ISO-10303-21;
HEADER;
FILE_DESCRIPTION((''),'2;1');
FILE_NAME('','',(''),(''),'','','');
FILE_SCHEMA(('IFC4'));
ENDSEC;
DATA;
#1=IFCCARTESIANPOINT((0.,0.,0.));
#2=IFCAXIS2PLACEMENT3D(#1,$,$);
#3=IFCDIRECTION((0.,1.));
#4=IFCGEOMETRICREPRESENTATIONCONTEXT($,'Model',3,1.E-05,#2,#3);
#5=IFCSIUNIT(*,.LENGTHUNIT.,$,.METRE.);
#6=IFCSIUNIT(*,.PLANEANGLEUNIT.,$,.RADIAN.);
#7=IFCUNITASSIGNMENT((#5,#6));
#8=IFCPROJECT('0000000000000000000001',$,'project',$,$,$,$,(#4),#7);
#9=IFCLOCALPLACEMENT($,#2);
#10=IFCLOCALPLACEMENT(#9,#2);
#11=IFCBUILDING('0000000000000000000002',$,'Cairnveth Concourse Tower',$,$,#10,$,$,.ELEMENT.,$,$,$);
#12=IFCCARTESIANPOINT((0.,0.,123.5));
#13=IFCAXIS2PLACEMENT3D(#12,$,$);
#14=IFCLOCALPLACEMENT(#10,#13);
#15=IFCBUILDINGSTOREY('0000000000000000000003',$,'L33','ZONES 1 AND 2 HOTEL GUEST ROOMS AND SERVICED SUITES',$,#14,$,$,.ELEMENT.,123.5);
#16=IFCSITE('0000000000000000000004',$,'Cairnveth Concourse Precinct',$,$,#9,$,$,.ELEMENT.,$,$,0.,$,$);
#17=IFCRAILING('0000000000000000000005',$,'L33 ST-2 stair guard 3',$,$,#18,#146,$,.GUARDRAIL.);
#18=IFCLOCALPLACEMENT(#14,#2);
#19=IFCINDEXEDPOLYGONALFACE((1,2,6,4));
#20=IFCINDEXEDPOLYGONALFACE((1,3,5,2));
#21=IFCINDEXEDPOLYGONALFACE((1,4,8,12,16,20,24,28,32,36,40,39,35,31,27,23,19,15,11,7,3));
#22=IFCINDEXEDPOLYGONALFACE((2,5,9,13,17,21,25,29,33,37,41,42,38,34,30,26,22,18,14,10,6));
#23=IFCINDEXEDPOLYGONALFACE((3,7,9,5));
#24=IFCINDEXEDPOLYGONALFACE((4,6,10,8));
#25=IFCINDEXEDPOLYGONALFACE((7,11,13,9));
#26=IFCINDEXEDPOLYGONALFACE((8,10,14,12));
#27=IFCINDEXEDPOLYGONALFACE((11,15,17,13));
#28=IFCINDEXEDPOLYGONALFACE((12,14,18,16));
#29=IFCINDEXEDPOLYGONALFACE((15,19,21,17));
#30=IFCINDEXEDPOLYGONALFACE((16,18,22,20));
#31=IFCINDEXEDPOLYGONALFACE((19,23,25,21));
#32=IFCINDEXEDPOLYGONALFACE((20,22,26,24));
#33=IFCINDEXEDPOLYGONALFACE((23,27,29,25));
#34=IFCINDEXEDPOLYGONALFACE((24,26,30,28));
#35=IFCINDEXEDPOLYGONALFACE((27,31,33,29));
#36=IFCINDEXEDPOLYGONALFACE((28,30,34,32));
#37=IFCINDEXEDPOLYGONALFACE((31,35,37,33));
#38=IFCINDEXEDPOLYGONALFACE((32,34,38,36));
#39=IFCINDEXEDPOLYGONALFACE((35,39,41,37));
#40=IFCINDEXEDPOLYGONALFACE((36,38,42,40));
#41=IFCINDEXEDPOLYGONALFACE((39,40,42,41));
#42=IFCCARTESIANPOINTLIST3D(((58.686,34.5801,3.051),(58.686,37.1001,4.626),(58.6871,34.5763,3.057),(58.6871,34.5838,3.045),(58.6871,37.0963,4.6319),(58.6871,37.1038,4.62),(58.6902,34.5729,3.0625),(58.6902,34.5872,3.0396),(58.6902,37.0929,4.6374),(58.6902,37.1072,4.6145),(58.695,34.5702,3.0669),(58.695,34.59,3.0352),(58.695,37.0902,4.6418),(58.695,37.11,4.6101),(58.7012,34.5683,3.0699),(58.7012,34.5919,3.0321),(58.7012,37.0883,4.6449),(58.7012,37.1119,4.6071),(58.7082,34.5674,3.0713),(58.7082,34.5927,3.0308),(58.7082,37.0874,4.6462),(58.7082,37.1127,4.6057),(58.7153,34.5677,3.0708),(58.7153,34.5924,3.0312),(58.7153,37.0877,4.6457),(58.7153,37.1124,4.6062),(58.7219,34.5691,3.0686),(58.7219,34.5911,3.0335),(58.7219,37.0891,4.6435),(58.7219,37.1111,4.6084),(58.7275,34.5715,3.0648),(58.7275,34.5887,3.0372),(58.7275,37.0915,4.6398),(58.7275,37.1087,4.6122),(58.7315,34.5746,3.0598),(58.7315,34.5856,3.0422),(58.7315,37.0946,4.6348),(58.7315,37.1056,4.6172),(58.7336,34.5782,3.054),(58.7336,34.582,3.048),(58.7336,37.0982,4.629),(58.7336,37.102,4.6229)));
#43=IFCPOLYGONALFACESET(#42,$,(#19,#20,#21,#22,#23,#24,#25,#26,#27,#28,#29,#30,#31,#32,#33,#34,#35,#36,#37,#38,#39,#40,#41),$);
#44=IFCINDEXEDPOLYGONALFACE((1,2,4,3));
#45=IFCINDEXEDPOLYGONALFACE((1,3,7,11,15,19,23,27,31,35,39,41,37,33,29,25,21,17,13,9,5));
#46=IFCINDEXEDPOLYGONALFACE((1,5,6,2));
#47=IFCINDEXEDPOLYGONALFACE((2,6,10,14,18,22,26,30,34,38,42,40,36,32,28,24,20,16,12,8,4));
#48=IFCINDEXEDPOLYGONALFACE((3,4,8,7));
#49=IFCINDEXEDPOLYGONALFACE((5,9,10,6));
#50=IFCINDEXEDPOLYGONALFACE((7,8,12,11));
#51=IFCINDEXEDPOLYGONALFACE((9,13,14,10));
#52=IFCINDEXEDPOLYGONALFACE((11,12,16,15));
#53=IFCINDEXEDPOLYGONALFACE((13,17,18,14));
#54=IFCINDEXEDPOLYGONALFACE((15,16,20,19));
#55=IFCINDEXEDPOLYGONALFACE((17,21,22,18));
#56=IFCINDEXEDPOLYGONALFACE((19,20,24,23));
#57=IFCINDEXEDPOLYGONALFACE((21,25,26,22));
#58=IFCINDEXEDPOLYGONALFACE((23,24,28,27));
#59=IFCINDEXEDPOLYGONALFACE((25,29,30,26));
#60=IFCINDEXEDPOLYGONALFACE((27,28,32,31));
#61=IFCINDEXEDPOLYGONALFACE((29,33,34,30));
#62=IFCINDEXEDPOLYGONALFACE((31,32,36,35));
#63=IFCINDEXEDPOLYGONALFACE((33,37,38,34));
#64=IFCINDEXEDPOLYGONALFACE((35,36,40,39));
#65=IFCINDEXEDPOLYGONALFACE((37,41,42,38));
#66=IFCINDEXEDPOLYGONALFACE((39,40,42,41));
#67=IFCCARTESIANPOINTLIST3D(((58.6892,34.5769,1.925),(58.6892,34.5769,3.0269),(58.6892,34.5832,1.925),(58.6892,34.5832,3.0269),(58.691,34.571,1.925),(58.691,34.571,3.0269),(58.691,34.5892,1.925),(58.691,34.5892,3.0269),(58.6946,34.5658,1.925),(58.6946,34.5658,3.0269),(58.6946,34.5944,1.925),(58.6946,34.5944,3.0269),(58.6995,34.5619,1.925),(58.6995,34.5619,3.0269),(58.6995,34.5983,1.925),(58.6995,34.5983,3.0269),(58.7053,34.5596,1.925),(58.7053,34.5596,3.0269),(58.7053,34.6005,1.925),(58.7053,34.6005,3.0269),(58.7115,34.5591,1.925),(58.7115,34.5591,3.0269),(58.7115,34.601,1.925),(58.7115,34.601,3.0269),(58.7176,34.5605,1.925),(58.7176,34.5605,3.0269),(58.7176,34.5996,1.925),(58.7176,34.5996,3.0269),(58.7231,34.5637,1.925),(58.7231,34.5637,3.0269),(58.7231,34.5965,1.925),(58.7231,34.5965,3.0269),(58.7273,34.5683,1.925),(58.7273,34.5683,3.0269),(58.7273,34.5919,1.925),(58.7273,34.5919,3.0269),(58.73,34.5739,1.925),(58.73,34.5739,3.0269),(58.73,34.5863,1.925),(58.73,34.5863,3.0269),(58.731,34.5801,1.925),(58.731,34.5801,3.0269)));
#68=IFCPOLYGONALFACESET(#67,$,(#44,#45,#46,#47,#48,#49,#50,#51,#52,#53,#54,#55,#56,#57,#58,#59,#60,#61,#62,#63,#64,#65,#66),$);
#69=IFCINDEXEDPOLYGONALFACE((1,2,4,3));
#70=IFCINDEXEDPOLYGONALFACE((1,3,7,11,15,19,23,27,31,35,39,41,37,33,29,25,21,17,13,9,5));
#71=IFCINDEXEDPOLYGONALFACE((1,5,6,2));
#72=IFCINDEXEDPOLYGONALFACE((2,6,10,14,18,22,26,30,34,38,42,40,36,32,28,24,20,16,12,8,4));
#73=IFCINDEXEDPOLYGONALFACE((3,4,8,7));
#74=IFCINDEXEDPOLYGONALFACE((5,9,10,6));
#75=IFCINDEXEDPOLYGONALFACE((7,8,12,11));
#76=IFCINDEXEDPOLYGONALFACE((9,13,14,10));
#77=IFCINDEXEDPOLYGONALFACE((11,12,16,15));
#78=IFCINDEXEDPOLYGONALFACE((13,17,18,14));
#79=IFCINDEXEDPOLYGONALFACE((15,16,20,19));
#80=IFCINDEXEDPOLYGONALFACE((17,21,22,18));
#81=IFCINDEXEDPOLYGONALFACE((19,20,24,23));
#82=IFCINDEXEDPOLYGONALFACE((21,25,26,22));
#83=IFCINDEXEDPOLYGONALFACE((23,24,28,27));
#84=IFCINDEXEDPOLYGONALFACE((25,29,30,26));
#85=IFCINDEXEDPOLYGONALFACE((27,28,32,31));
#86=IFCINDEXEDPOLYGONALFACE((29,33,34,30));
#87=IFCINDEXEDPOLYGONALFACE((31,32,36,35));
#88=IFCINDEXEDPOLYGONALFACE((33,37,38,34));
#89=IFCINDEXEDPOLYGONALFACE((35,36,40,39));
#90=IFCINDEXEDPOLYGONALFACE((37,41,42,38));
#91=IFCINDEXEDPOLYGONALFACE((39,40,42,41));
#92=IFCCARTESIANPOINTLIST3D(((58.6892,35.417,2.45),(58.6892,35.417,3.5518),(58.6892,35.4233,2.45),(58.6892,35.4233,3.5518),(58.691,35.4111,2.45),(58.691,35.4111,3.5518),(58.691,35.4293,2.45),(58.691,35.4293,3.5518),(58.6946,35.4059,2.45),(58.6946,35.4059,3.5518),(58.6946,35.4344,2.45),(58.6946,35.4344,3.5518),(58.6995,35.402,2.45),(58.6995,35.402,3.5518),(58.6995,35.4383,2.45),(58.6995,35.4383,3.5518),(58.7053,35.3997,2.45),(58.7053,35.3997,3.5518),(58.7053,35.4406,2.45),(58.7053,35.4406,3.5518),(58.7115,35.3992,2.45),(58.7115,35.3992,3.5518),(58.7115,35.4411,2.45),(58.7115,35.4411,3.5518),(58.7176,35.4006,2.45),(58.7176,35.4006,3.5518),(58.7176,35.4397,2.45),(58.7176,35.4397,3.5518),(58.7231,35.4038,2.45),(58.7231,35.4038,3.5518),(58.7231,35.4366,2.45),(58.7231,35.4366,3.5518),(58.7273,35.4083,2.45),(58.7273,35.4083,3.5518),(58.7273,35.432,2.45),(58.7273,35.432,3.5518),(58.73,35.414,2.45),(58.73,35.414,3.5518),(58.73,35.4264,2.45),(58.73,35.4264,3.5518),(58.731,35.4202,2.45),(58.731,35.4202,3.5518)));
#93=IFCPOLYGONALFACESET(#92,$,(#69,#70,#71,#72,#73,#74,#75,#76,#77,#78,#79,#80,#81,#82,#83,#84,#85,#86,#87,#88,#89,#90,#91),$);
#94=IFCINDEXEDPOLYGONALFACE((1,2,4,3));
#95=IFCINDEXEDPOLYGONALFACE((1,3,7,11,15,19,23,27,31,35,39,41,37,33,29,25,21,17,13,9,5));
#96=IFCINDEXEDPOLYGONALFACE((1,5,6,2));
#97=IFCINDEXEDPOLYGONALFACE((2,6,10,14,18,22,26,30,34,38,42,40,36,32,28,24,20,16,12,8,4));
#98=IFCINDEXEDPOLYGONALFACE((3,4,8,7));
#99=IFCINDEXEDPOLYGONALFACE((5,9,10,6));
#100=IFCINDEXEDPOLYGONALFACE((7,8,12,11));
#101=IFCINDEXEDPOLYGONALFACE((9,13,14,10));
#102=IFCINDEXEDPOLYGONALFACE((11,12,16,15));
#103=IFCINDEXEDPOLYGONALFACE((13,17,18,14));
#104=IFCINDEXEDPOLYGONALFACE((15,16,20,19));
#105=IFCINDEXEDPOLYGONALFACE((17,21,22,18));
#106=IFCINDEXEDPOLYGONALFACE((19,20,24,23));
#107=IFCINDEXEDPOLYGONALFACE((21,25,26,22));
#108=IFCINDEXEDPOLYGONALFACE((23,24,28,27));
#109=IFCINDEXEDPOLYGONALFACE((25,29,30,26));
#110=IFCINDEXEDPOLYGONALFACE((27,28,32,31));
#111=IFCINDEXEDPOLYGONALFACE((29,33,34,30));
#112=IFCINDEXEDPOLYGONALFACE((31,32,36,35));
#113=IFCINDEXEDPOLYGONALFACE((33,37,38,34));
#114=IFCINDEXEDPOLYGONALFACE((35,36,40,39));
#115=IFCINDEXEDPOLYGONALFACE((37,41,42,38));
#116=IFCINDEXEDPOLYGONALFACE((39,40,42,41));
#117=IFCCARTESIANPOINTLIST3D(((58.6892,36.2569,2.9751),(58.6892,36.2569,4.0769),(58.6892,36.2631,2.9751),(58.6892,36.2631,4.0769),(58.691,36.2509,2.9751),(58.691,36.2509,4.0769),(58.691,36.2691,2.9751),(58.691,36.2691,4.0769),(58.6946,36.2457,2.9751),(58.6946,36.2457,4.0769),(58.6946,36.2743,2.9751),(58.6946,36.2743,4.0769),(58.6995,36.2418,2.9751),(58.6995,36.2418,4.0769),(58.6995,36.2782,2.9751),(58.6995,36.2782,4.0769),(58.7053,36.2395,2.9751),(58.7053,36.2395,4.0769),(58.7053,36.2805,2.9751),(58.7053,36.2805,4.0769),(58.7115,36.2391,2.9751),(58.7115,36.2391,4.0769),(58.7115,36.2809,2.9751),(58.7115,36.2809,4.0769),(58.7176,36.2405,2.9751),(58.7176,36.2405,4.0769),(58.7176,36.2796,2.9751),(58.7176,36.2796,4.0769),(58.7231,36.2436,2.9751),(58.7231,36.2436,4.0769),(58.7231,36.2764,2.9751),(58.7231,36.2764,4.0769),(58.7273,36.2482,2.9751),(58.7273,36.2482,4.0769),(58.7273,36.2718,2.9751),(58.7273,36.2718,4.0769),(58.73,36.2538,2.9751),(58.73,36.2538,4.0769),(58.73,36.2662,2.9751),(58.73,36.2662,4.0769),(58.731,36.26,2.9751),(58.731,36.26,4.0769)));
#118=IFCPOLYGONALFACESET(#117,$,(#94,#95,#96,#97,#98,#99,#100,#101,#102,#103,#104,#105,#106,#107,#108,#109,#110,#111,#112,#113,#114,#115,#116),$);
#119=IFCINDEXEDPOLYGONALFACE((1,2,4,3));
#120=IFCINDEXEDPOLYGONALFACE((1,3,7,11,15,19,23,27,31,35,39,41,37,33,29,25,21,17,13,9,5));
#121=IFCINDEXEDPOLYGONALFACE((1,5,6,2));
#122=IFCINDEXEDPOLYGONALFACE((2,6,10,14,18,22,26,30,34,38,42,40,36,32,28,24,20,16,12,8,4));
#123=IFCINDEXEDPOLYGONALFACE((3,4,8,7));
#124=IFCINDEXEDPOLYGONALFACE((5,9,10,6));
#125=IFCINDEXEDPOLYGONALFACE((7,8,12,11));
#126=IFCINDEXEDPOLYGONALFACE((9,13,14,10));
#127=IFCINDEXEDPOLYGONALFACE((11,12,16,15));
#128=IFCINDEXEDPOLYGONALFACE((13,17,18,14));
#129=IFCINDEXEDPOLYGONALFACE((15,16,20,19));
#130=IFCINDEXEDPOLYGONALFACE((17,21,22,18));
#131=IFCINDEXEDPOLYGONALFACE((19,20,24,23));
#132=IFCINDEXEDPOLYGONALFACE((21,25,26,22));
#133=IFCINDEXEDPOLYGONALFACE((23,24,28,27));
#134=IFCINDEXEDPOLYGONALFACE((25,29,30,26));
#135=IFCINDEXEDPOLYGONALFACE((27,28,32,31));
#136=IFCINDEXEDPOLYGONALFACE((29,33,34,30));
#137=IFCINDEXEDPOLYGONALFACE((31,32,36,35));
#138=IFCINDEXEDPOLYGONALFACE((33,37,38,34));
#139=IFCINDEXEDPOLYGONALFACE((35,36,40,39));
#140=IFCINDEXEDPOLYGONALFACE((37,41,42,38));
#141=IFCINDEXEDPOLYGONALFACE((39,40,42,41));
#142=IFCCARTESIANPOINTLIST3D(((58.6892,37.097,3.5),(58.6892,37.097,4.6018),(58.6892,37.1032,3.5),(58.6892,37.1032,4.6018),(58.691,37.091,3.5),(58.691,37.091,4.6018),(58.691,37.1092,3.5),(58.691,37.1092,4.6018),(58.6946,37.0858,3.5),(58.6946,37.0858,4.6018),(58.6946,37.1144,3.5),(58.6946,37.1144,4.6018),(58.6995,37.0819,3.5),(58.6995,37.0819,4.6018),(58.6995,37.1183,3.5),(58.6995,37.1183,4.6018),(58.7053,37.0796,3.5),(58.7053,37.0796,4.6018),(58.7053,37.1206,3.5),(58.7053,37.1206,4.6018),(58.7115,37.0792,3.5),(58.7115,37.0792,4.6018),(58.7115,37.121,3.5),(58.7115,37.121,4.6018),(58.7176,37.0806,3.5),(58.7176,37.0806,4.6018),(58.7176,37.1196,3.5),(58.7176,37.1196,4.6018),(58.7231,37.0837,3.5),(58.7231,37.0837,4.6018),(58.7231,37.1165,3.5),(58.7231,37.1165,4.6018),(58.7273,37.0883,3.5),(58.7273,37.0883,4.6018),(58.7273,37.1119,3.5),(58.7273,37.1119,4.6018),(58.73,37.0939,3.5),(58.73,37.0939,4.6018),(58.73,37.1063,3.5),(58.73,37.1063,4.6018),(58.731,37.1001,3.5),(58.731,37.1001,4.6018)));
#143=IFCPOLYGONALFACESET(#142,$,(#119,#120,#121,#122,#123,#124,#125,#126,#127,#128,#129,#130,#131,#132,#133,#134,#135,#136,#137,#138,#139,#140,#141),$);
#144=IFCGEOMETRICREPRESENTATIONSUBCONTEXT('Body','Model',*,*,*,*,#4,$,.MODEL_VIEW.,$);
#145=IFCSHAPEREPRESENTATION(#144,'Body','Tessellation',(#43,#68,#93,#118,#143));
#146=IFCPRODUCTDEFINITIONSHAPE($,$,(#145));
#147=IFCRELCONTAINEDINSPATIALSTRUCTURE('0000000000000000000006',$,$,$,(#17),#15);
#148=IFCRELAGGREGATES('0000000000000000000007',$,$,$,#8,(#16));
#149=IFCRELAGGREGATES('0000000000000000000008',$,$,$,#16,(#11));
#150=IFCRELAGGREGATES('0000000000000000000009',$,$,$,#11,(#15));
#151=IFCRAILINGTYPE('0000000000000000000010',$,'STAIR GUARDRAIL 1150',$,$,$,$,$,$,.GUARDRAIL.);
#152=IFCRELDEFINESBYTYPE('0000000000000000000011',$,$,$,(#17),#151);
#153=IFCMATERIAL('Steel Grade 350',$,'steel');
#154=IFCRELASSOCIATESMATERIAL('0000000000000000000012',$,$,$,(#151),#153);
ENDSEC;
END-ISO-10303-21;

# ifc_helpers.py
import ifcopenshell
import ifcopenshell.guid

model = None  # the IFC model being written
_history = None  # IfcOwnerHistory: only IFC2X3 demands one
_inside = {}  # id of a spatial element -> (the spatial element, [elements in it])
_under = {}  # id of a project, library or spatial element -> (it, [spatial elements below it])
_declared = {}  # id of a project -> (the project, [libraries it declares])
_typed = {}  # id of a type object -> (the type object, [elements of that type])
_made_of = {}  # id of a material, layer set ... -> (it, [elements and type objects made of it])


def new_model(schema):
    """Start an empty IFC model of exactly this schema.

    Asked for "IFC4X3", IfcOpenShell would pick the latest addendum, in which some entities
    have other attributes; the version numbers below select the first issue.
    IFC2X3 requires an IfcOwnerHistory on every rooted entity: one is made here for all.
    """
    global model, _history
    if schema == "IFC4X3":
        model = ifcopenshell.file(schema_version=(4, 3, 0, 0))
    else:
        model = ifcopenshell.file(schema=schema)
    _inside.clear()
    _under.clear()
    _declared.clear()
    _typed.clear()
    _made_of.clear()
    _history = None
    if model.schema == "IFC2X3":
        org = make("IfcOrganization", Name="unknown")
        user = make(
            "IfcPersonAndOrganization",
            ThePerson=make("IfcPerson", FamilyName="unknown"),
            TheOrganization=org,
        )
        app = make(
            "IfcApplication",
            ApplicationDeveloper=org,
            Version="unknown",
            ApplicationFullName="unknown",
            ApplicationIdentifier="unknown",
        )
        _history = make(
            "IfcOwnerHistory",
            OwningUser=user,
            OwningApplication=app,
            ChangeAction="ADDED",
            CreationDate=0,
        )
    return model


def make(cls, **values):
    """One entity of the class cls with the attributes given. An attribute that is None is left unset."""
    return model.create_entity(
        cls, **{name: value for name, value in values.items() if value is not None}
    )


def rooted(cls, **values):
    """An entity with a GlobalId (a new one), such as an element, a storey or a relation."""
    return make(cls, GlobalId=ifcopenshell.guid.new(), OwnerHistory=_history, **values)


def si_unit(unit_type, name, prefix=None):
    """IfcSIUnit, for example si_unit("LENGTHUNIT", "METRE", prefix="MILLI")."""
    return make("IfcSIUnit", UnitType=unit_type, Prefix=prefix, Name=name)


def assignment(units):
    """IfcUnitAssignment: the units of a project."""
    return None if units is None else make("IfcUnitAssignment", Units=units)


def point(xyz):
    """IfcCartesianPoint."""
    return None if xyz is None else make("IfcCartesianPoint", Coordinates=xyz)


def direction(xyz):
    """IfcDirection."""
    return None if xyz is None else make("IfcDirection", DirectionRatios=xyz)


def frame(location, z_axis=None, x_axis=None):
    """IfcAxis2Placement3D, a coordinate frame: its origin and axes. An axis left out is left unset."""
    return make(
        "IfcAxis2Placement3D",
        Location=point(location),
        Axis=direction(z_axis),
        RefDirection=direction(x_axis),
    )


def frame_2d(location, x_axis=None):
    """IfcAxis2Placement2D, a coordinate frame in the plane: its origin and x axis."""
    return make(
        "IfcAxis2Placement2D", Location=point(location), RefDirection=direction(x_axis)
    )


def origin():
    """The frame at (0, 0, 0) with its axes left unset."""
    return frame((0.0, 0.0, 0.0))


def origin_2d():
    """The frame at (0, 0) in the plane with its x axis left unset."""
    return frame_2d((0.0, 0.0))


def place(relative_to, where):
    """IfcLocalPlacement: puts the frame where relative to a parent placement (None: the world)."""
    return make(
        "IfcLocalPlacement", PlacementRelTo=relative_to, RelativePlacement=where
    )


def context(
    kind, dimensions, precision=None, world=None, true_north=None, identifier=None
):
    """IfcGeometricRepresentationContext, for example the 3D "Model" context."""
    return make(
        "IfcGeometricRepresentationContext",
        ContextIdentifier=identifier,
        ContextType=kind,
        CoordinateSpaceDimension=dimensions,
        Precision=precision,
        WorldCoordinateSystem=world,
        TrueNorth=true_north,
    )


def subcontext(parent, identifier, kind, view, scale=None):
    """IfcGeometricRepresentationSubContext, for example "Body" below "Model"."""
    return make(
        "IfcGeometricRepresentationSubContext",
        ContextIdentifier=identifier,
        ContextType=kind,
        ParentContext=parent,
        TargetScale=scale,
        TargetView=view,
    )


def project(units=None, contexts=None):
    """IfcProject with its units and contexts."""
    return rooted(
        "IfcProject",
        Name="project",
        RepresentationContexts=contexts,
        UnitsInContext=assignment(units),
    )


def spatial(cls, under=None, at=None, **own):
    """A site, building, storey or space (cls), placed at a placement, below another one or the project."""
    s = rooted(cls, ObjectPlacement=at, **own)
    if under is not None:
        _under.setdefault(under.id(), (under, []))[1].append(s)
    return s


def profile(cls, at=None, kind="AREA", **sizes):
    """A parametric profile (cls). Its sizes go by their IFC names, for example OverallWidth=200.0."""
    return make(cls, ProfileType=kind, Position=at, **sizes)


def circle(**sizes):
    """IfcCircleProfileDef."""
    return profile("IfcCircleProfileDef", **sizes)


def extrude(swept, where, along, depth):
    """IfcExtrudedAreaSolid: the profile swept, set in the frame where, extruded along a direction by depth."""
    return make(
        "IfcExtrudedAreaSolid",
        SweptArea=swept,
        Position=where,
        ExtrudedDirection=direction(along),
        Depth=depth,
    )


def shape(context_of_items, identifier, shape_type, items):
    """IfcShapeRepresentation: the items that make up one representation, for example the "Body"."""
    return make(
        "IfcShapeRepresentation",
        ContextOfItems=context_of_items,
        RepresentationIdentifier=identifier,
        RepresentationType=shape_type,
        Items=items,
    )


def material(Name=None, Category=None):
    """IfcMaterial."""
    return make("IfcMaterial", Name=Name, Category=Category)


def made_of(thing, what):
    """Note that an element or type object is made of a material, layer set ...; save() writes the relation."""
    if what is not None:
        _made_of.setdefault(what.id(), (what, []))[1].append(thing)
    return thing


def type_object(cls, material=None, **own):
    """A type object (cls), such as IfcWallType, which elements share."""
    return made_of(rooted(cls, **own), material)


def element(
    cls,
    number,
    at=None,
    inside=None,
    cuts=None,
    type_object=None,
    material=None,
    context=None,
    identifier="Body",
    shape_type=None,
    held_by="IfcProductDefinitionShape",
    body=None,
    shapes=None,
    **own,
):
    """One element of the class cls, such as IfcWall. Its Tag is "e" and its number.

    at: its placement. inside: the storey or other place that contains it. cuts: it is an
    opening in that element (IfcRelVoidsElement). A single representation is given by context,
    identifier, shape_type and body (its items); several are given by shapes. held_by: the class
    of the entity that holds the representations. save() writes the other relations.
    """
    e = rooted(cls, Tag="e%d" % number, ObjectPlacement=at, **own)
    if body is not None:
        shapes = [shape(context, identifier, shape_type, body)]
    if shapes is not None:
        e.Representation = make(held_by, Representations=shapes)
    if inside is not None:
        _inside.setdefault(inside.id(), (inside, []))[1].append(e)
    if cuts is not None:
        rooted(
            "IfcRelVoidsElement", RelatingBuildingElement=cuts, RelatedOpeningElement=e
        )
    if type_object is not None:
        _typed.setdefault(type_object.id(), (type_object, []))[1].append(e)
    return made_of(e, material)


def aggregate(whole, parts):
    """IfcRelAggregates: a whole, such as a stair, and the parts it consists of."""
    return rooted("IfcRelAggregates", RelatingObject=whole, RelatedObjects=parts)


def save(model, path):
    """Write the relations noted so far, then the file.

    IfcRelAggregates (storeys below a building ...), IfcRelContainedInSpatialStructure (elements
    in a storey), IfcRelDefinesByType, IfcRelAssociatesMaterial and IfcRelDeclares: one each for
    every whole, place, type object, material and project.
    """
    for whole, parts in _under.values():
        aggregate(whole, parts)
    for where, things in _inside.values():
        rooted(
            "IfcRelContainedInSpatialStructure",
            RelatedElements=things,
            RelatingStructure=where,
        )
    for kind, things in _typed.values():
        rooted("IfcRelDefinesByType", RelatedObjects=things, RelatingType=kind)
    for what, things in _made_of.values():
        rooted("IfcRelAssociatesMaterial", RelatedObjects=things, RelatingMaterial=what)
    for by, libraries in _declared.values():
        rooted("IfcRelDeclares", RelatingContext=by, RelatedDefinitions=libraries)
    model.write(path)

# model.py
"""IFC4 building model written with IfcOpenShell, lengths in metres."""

from ifc_helpers import new_model, si_unit, direction, frame, origin, origin_2d, place, context, subcontext, project, spatial, circle, extrude, material, type_object, element, save


model = new_model("IFC4")

# Units and contexts
model_context = context("Model", 3, precision=1e-05, world=origin(), true_north=direction((0.0, 1.0)))
body_context = subcontext(model_context, "Body", "Model", "MODEL_VIEW")
ifc_project = project(units=[si_unit("LENGTHUNIT", "METRE"), si_unit("PLANEANGLEUNIT", "RADIAN")], contexts=[model_context])

# Site, building, storey
site_placement = place(None, origin())
site = spatial("IfcSite", under=ifc_project, at=site_placement, Name="Cairnveth Concourse Precinct", CompositionType="ELEMENT", RefElevation=0.0)
building_placement = place(site_placement, origin())
building = spatial("IfcBuilding", under=site, at=building_placement, Name="Cairnveth Concourse Tower", CompositionType="ELEMENT")
storey_placement = place(building_placement, frame((0.0, 0.0, 123.5)))
storey = spatial("IfcBuildingStorey", under=building, at=storey_placement, Name="L33", Description="ZONES 1 AND 2 HOTEL GUEST ROOMS AND SERVICED SUITES", CompositionType="ELEMENT", Elevation=123.5)

# Shared definitions
ifc_material_1 = material(Name="Steel Grade 350", Category="steel")

# Railing
railing_type_1 = type_object("IfcRailingType", Name="STAIR GUARDRAIL 1150", PredefinedType="GUARDRAIL", material=ifc_material_1)
railing_1_placement = place(storey_placement, frame((58.71, 34.5801, 1.925)))
element("IfcRailing", 1, at=railing_1_placement, inside=storey, type_object=railing_type_1, Name="L33 ST-2 stair guard 3", PredefinedType="GUARDRAIL", context=body_context, shape_type="SweptSolid", body=[
    extrude(circle(Radius=0.0239, at=origin_2d()), frame((0.0, 0.0, 1.126), z_axis=(0.0, 0.848008, 0.529984), x_axis=(-1.0, 0.0, 0.0)), (0.0, 0.0, 1.0), 2.9717),
    extrude(circle(Radius=0.021, at=origin_2d()), origin(), (0.0, 0.0, 1.0), 1.1018),
    extrude(circle(Radius=0.021, at=origin_2d()), frame((0.0, 0.8401, 0.5249)), (0.0, 0.0, 1.0), 1.1018),
    extrude(circle(Radius=0.021, at=origin_2d()), frame((0.0, 1.6799, 1.05)), (0.0, 0.0, 1.0), 1.1018),
    extrude(circle(Radius=0.021, at=origin_2d()), frame((0.0, 2.52, 1.575)), (0.0, 0.0, 1.0), 1.1018),
])

save(model, "model.ifc")
